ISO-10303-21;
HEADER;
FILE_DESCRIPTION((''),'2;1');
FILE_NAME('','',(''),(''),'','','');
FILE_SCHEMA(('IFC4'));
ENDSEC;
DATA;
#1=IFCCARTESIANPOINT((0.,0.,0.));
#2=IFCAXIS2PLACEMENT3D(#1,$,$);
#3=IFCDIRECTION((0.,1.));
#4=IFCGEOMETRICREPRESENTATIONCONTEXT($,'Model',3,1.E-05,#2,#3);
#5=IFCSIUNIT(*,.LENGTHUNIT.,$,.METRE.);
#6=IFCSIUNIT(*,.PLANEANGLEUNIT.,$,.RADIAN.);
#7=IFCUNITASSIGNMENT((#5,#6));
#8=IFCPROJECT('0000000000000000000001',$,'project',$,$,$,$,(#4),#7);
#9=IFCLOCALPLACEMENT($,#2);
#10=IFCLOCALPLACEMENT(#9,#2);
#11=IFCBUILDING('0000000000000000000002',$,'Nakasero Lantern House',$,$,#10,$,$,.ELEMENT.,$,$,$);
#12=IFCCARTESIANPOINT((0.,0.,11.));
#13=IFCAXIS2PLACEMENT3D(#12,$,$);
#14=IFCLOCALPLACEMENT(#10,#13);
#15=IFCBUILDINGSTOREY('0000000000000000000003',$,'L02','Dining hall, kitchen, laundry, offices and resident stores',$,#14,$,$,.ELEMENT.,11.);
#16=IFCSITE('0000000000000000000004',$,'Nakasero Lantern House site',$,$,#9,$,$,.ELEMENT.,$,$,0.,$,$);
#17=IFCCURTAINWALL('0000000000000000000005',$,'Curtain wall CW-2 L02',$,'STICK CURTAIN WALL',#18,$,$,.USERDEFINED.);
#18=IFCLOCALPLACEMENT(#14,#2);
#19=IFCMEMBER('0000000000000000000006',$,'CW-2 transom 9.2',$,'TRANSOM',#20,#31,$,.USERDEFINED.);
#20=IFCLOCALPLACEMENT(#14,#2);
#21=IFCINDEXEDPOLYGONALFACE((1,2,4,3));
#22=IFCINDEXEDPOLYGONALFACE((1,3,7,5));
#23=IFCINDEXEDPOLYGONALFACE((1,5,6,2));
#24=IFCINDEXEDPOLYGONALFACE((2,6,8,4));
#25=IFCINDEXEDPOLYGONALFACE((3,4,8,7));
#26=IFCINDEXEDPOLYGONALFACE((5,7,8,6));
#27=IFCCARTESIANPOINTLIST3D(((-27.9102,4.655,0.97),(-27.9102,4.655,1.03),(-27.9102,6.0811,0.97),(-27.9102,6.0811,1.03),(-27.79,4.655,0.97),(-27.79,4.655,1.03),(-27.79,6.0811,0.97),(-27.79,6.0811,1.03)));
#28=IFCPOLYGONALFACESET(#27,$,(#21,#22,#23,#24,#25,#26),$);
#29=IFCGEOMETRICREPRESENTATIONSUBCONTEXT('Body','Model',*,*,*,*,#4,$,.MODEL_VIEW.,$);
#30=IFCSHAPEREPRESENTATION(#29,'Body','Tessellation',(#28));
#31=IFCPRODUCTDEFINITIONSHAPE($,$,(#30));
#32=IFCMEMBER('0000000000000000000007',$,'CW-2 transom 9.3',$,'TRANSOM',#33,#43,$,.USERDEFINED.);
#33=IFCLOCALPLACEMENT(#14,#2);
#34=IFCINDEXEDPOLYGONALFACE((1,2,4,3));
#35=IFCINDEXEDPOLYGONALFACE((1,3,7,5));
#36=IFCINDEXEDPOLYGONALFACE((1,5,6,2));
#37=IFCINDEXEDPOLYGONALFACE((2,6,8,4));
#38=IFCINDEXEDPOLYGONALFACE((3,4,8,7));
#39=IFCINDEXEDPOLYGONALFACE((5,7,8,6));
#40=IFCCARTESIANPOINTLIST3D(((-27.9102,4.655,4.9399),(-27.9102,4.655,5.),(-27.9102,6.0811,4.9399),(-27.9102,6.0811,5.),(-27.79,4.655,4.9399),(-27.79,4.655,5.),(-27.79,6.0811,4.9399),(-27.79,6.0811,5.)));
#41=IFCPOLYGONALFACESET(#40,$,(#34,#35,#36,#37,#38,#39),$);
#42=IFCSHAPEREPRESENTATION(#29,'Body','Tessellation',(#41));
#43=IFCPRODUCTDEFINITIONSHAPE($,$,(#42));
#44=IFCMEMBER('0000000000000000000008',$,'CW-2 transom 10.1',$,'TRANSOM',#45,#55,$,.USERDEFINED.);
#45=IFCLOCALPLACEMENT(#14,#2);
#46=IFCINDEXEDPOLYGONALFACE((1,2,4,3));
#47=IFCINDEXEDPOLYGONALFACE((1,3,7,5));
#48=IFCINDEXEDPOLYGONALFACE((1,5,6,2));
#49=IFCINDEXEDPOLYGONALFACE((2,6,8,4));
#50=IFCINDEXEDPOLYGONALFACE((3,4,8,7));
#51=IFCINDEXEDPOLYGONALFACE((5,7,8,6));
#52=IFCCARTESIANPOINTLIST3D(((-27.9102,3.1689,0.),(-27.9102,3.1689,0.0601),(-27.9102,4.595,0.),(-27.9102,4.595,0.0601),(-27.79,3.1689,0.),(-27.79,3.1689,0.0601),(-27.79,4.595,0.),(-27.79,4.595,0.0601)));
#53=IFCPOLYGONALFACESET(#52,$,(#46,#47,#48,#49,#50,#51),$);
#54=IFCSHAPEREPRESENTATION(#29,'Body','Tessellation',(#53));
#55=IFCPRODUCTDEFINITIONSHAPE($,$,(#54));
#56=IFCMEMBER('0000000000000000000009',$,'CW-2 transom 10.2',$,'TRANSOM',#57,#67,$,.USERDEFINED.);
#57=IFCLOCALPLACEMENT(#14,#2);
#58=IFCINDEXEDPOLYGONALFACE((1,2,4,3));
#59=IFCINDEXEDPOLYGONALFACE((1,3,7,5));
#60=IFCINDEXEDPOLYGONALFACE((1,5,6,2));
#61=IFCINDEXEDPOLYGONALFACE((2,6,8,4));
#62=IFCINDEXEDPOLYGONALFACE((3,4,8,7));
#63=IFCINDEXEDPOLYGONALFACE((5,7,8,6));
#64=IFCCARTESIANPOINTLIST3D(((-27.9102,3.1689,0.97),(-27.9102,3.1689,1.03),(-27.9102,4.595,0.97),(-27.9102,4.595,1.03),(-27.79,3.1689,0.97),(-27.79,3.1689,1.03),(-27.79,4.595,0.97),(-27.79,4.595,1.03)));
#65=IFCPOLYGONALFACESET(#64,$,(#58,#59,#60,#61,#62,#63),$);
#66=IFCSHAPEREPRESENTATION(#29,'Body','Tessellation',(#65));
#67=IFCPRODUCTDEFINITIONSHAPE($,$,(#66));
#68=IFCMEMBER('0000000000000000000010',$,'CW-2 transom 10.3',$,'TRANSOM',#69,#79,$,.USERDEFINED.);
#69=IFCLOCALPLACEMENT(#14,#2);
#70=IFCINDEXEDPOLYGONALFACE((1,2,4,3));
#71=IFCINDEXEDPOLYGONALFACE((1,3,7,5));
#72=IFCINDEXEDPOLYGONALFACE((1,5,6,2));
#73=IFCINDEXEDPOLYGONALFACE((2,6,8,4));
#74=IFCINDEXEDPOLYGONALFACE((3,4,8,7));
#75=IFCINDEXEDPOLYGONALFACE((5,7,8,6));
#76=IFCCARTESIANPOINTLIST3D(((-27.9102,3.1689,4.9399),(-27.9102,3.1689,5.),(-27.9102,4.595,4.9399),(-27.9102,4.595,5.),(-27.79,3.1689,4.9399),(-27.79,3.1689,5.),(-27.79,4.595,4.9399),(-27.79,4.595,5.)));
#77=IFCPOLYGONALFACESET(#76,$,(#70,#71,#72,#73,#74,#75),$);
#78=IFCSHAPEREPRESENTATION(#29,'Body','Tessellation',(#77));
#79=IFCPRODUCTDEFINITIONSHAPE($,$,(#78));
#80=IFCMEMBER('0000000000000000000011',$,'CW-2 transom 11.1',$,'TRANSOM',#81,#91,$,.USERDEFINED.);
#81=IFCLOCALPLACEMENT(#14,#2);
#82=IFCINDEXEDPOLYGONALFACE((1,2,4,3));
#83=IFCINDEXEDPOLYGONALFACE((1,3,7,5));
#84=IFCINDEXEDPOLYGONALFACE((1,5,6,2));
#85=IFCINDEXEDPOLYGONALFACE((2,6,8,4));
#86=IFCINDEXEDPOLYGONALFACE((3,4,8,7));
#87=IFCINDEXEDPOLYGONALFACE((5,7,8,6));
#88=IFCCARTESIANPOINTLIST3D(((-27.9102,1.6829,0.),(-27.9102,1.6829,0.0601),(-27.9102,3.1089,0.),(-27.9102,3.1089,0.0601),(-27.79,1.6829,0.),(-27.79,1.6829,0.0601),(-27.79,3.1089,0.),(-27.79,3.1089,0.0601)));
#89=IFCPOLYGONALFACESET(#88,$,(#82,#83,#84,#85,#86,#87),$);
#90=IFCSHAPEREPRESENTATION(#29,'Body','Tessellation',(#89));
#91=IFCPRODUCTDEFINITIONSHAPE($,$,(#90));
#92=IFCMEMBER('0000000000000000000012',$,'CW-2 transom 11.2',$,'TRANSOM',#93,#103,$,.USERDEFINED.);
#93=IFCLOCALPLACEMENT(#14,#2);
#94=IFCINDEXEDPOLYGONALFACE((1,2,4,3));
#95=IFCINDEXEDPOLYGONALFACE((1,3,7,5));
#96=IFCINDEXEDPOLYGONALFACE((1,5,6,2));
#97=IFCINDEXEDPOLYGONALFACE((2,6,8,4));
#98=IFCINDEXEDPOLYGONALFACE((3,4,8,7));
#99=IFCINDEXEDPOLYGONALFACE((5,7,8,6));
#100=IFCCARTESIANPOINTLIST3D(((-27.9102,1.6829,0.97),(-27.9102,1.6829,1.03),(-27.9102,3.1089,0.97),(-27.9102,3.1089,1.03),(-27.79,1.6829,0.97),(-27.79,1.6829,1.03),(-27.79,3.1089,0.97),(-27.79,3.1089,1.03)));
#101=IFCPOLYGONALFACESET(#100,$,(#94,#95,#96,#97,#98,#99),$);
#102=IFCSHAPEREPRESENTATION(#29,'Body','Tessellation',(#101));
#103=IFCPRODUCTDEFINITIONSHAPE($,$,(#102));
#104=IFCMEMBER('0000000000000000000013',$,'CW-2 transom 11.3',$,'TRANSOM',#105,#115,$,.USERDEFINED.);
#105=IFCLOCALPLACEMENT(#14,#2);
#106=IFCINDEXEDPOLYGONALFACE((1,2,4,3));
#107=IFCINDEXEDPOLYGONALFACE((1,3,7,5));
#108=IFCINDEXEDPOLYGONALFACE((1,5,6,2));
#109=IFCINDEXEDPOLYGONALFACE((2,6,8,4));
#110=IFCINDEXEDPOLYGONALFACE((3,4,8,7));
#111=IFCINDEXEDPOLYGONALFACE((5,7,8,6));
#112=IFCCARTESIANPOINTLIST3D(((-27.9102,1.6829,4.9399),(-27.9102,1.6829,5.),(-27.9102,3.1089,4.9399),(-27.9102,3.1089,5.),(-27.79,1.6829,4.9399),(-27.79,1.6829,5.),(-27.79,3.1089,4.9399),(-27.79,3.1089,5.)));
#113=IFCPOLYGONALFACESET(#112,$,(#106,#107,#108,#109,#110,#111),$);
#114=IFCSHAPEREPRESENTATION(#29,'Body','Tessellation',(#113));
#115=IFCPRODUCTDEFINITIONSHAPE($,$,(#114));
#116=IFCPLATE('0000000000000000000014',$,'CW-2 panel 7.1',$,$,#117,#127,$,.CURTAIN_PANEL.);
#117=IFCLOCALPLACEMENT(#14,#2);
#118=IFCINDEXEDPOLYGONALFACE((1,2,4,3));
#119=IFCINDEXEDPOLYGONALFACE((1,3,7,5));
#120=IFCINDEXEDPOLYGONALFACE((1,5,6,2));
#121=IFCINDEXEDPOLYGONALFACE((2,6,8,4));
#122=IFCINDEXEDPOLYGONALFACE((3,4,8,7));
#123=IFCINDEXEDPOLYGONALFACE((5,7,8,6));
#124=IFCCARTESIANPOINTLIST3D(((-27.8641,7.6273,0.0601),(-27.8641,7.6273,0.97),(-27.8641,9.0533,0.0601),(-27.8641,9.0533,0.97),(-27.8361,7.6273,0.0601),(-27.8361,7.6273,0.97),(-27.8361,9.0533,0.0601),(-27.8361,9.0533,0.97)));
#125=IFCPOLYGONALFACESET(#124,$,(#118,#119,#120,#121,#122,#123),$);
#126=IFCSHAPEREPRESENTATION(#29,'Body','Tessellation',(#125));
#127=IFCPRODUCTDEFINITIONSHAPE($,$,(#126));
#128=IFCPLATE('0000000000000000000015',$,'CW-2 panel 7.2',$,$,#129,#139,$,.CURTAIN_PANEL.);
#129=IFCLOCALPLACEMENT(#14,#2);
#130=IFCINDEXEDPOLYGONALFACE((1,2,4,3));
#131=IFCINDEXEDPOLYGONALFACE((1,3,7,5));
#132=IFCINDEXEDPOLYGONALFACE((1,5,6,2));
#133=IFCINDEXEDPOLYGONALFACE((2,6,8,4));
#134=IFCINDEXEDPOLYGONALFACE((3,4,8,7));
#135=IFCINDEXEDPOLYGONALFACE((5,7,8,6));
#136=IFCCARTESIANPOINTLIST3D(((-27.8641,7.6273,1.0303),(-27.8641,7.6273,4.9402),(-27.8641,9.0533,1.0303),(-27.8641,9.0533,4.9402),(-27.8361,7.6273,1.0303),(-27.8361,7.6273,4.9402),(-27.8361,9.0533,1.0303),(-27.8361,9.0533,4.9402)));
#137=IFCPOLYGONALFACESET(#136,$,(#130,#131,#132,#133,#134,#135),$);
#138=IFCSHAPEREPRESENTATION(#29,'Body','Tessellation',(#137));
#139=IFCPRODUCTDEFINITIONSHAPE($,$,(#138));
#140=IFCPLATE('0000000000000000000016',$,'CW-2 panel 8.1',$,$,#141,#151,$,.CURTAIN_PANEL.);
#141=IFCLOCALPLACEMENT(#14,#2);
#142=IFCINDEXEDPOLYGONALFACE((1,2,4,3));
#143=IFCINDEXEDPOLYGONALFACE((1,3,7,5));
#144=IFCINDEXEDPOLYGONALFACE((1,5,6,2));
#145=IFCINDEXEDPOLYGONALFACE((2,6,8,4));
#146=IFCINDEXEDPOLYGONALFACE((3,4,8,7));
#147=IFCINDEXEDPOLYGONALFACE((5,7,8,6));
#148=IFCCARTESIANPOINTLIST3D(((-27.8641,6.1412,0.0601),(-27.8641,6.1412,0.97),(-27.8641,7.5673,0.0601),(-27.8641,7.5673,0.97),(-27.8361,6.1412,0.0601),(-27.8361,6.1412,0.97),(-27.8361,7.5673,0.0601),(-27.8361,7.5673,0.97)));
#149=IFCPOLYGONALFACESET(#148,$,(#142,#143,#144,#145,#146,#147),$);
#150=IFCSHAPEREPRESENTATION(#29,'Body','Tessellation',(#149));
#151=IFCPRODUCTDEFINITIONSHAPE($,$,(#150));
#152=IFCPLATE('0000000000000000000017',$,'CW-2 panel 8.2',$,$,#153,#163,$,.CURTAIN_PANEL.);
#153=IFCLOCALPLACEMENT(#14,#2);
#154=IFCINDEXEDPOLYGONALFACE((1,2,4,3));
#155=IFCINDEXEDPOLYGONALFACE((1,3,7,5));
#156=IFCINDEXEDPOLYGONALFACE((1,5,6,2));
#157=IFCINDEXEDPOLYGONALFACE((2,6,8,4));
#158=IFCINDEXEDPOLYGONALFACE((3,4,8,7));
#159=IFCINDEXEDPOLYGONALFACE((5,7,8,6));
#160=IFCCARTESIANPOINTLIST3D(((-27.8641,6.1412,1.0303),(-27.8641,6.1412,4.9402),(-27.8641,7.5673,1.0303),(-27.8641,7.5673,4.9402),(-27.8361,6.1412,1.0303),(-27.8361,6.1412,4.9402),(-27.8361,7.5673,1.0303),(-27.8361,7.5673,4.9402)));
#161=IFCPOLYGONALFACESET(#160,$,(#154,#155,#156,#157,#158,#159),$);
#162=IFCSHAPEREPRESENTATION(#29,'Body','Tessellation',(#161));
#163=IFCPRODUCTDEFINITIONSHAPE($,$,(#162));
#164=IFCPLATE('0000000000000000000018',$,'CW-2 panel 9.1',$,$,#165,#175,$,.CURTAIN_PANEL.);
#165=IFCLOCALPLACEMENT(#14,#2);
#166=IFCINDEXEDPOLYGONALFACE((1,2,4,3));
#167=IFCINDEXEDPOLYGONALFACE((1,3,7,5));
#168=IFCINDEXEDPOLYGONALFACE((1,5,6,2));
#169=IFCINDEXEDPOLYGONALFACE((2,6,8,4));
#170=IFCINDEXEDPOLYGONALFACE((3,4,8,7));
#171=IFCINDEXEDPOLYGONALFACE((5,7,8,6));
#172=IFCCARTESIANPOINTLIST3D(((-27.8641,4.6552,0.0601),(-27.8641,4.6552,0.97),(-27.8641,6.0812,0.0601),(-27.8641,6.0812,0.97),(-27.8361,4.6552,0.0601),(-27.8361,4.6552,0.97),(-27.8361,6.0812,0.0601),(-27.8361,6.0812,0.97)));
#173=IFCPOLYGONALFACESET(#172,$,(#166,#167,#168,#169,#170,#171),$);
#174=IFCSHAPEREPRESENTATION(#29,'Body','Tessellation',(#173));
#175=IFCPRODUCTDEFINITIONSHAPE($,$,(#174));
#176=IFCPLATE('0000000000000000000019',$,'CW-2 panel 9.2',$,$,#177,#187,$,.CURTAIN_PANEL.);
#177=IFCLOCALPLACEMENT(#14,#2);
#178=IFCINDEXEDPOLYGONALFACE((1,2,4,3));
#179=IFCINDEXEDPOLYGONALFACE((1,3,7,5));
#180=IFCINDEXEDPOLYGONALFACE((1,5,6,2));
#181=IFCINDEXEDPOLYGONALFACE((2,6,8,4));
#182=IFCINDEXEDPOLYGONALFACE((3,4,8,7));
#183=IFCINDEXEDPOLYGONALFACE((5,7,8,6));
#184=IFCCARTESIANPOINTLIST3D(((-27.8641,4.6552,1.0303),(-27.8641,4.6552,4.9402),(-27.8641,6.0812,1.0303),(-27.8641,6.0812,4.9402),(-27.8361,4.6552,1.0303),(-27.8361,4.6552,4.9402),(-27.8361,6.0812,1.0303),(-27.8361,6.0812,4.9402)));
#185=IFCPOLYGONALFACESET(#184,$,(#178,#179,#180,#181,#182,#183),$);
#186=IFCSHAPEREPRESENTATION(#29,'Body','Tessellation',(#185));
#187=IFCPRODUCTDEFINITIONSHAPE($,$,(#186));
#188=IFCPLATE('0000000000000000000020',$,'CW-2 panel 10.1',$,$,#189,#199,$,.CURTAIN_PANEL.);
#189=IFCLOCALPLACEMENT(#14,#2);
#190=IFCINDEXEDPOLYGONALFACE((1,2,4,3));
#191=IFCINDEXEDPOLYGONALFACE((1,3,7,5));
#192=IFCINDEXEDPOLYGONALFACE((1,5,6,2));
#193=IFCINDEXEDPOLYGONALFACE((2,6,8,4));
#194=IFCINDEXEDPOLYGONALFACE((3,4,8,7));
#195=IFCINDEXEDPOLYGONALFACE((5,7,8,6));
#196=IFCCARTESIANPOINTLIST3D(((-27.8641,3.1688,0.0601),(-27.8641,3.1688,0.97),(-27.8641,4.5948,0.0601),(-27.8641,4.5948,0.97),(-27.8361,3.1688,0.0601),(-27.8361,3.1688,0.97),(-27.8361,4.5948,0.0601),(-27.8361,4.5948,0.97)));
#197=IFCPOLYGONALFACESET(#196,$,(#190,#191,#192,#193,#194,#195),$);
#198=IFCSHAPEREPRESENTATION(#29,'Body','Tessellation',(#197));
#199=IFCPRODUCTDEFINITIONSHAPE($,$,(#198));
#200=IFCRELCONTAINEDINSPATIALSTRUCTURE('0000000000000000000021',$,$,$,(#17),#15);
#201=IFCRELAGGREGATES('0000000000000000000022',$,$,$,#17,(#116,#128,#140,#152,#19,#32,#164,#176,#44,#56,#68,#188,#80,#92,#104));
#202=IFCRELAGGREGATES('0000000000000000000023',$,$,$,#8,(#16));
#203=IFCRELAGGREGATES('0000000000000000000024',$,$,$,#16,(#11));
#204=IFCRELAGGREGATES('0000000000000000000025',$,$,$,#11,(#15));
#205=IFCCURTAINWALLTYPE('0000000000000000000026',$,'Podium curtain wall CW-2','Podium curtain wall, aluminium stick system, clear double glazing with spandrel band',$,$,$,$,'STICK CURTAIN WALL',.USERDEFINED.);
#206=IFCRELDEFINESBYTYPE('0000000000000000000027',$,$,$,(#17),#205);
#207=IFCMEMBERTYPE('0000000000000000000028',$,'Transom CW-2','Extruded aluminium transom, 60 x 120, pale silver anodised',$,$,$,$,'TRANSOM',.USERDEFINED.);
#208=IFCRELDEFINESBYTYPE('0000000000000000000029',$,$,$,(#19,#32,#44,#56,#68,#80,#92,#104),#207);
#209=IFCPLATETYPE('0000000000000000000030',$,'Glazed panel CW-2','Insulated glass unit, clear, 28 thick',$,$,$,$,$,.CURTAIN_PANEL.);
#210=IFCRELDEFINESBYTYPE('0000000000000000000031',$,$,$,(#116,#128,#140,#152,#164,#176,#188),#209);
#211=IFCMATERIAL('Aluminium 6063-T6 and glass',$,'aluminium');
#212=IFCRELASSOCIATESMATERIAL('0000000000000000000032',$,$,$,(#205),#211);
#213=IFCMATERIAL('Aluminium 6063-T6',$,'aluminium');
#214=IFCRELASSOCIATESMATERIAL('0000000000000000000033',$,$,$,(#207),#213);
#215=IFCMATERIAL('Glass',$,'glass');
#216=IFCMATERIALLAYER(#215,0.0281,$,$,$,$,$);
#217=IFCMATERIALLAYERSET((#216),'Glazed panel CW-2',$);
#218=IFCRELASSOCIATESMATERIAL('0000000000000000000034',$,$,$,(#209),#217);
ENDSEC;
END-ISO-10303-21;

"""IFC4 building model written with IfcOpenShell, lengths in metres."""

from ifc_helpers import new_model, si_unit, direction, frame, origin, origin_2d, place, context, subcontext, project, spatial, rectangle, extrude, material, layer, layer_set, material_profile, profile_set, type_object, element, aggregate, save


model = new_model("IFC4")

# Units and contexts
model_context = context("Model", 3, precision=1e-05, world=origin(), true_north=direction((0.0, 1.0)))
body_context = subcontext(model_context, "Body", "Model", "MODEL_VIEW")
ifc_project = project(units=[si_unit("LENGTHUNIT", "METRE"), si_unit("PLANEANGLEUNIT", "RADIAN")], contexts=[model_context])

# Site, building, storey
site_placement = place(None, origin())
site = spatial("IfcSite", under=ifc_project, at=site_placement, Name="Nakasero Lantern House site", CompositionType="ELEMENT", RefElevation=0.0)
building_placement = place(site_placement, origin())
building = spatial("IfcBuilding", under=site, at=building_placement, Name="Nakasero Lantern House", CompositionType="ELEMENT")
storey_placement = place(building_placement, frame((0.0, 0.0, 11.0)))
storey = spatial("IfcBuildingStorey", under=building, at=storey_placement, Name="L02", Description="Dining hall, kitchen, laundry, offices and resident stores", CompositionType="ELEMENT", Elevation=11.0)

# Curtain wall
ifc_material_1 = material(Name="Aluminium 6063-T6 and glass", Category="aluminium")
curtain_wall_type = type_object("IfcCurtainWallType", Name="Podium curtain wall CW-2", Description="Podium curtain wall, aluminium stick system, clear double glazing with spandrel band", ElementType="STICK CURTAIN WALL", PredefinedType="USERDEFINED", material=ifc_material_1)
curtain_wall_placement = place(storey_placement, origin())
curtain_wall = element("IfcCurtainWall", 1, at=curtain_wall_placement, inside=storey, type_object=curtain_wall_type, Name="Curtain wall CW-2 L02", ObjectType="STICK CURTAIN WALL", PredefinedType="USERDEFINED")

# Members
ifc_material_2 = material(Name="Aluminium 6063-T6", Category="aluminium")
ifc_material_profile_1 = material_profile(ifc_material_2, rectangle(XDim=0.0601, YDim=0.1201, at=origin_2d()), Name="CW-2 transom 60x120")
ifc_profile_set_1 = profile_set([ifc_material_profile_1], Name="Aluminium 6063-T6")
member_type_1 = type_object("IfcMemberType", Name="Transom CW-2", Description="Extruded aluminium transom, 60 x 120, pale silver anodised", ElementType="TRANSOM", PredefinedType="USERDEFINED", material=ifc_profile_set_1)
member_1_placement = place(storey_placement, frame((-27.8501, 6.0811, 1.0), z_axis=(0.0, -1.0, 0.0), x_axis=(0.0, 0.0, 1.0)))
member_1 = element("IfcMember", 2, at=member_1_placement, type_object=member_type_1, Name="CW-2 transom 9.2", ObjectType="TRANSOM", PredefinedType="USERDEFINED", context=body_context, shape_type="SweptSolid", body=[
    extrude(rectangle(XDim=0.0601, YDim=0.1201, at=origin_2d()), origin(), (0.0, 0.0, 1.0), 1.426),
])
member_2_placement = place(storey_placement, frame((-27.8501, 6.0811, 4.97), z_axis=(0.0, -1.0, 0.0), x_axis=(0.0, 0.0, 1.0)))
member_2 = element("IfcMember", 3, at=member_2_placement, type_object=member_type_1, Name="CW-2 transom 9.3", ObjectType="TRANSOM", PredefinedType="USERDEFINED", context=body_context, shape_type="SweptSolid", body=[
    extrude(rectangle(XDim=0.0601, YDim=0.1201, at=origin_2d()), origin(), (0.0, 0.0, 1.0), 1.426),
])
member_3_placement = place(storey_placement, frame((-27.8501, 4.595, 0.03), z_axis=(0.0, -1.0, 0.0), x_axis=(0.0, 0.0, 1.0)))
member_3 = element("IfcMember", 4, at=member_3_placement, type_object=member_type_1, Name="CW-2 transom 10.1", ObjectType="TRANSOM", PredefinedType="USERDEFINED", context=body_context, shape_type="SweptSolid", body=[
    extrude(rectangle(XDim=0.0601, YDim=0.1201, at=origin_2d()), origin(), (0.0, 0.0, 1.0), 1.426),
])
member_4_placement = place(storey_placement, frame((-27.8501, 4.595, 1.0), z_axis=(0.0, -1.0, 0.0), x_axis=(0.0, 0.0, 1.0)))
member_4 = element("IfcMember", 5, at=member_4_placement, type_object=member_type_1, Name="CW-2 transom 10.2", ObjectType="TRANSOM", PredefinedType="USERDEFINED", context=body_context, shape_type="SweptSolid", body=[
    extrude(rectangle(XDim=0.0601, YDim=0.1201, at=origin_2d()), origin(), (0.0, 0.0, 1.0), 1.426),
])
member_5_placement = place(storey_placement, frame((-27.8501, 4.595, 4.97), z_axis=(0.0, -1.0, 0.0), x_axis=(0.0, 0.0, 1.0)))
member_5 = element("IfcMember", 6, at=member_5_placement, type_object=member_type_1, Name="CW-2 transom 10.3", ObjectType="TRANSOM", PredefinedType="USERDEFINED", context=body_context, shape_type="SweptSolid", body=[
    extrude(rectangle(XDim=0.0601, YDim=0.1201, at=origin_2d()), origin(), (0.0, 0.0, 1.0), 1.426),
])
member_6_placement = place(storey_placement, frame((-27.8501, 3.1089, 0.03), z_axis=(0.0, -1.0, 0.0), x_axis=(0.0, 0.0, 1.0)))
member_6 = element("IfcMember", 7, at=member_6_placement, type_object=member_type_1, Name="CW-2 transom 11.1", ObjectType="TRANSOM", PredefinedType="USERDEFINED", context=body_context, shape_type="SweptSolid", body=[
    extrude(rectangle(XDim=0.0601, YDim=0.1201, at=origin_2d()), origin(), (0.0, 0.0, 1.0), 1.426),
])
member_7_placement = place(storey_placement, frame((-27.8501, 3.1089, 1.0), z_axis=(0.0, -1.0, 0.0), x_axis=(0.0, 0.0, 1.0)))
member_7 = element("IfcMember", 8, at=member_7_placement, type_object=member_type_1, Name="CW-2 transom 11.2", ObjectType="TRANSOM", PredefinedType="USERDEFINED", context=body_context, shape_type="SweptSolid", body=[
    extrude(rectangle(XDim=0.0601, YDim=0.1201, at=origin_2d()), origin(), (0.0, 0.0, 1.0), 1.426),
])
member_8_placement = place(storey_placement, frame((-27.8501, 3.1089, 4.97), z_axis=(0.0, -1.0, 0.0), x_axis=(0.0, 0.0, 1.0)))
member_8 = element("IfcMember", 9, at=member_8_placement, type_object=member_type_1, Name="CW-2 transom 11.3", ObjectType="TRANSOM", PredefinedType="USERDEFINED", context=body_context, shape_type="SweptSolid", body=[
    extrude(rectangle(XDim=0.0601, YDim=0.1201, at=origin_2d()), origin(), (0.0, 0.0, 1.0), 1.426),
])

# Plates
ifc_material_3 = material(Name="Glass", Category="glass")
ifc_layer = layer(ifc_material_3, 0.0281)
ifc_layer_set = layer_set([ifc_layer], Name="Glazed panel CW-2")
plate_type = type_object("IfcPlateType", Name="Glazed panel CW-2", Description="Insulated glass unit, clear, 28 thick", PredefinedType="CURTAIN_PANEL", material=ifc_layer_set)
plate_1_placement = place(storey_placement, frame((-27.8501, 8.3403, 0.0601), z_axis=(0.0, 0.0, 1.0), x_axis=(0.0, -1.0, 0.0)))
plate_1 = element("IfcPlate", 10, at=plate_1_placement, type_object=plate_type, Name="CW-2 panel 7.1", PredefinedType="CURTAIN_PANEL", context=body_context, shape_type="SweptSolid", body=[
    extrude(rectangle(XDim=1.426, YDim=0.0281, at=origin_2d()), origin(), (0.0, 0.0, 1.0), 0.9099),
])
plate_2_placement = place(storey_placement, frame((-27.8501, 8.3403, 1.0303), z_axis=(0.0, 0.0, 1.0), x_axis=(0.0, -1.0, 0.0)))
plate_2 = element("IfcPlate", 11, at=plate_2_placement, type_object=plate_type, Name="CW-2 panel 7.2", PredefinedType="CURTAIN_PANEL", context=body_context, shape_type="SweptSolid", body=[
    extrude(rectangle(XDim=1.426, YDim=0.0281, at=origin_2d()), origin(), (0.0, 0.0, 1.0), 3.9099),
])
plate_3_placement = place(storey_placement, frame((-27.8501, 6.8542, 0.0601), z_axis=(0.0, 0.0, 1.0), x_axis=(0.0, -1.0, 0.0)))
plate_3 = element("IfcPlate", 12, at=plate_3_placement, type_object=plate_type, Name="CW-2 panel 8.1", PredefinedType="CURTAIN_PANEL", context=body_context, shape_type="SweptSolid", body=[
    extrude(rectangle(XDim=1.426, YDim=0.0281, at=origin_2d()), origin(), (0.0, 0.0, 1.0), 0.9099),
])
plate_4_placement = place(storey_placement, frame((-27.8501, 6.8542, 1.0303), z_axis=(0.0, 0.0, 1.0), x_axis=(0.0, -1.0, 0.0)))
plate_4 = element("IfcPlate", 13, at=plate_4_placement, type_object=plate_type, Name="CW-2 panel 8.2", PredefinedType="CURTAIN_PANEL", context=body_context, shape_type="SweptSolid", body=[
    extrude(rectangle(XDim=1.426, YDim=0.0281, at=origin_2d()), origin(), (0.0, 0.0, 1.0), 3.9099),
])
plate_5_placement = place(storey_placement, frame((-27.8501, 5.3682, 0.0601), z_axis=(0.0, 0.0, 1.0), x_axis=(0.0, -1.0, 0.0)))
plate_5 = element("IfcPlate", 14, at=plate_5_placement, type_object=plate_type, Name="CW-2 panel 9.1", PredefinedType="CURTAIN_PANEL", context=body_context, shape_type="SweptSolid", body=[
    extrude(rectangle(XDim=1.426, YDim=0.0281, at=origin_2d()), origin(), (0.0, 0.0, 1.0), 0.9099),
])
plate_6_placement = place(storey_placement, frame((-27.8501, 5.3682, 1.0303), z_axis=(0.0, 0.0, 1.0), x_axis=(0.0, -1.0, 0.0)))
plate_6 = element("IfcPlate", 15, at=plate_6_placement, type_object=plate_type, Name="CW-2 panel 9.2", PredefinedType="CURTAIN_PANEL", context=body_context, shape_type="SweptSolid", body=[
    extrude(rectangle(XDim=1.426, YDim=0.0281, at=origin_2d()), origin(), (0.0, 0.0, 1.0), 3.9099),
])
plate_7_placement = place(storey_placement, frame((-27.8501, 3.8818, 0.0601), z_axis=(0.0, 0.0, 1.0), x_axis=(0.0, -1.0, 0.0)))
plate_7 = element("IfcPlate", 16, at=plate_7_placement, type_object=plate_type, Name="CW-2 panel 10.1", PredefinedType="CURTAIN_PANEL", context=body_context, shape_type="SweptSolid", body=[
    extrude(rectangle(XDim=1.426, YDim=0.0281, at=origin_2d()), origin(), (0.0, 0.0, 1.0), 0.9099),
])
aggregate(curtain_wall, [plate_1, plate_2, plate_3, plate_4, member_1, member_2, plate_5, plate_6, member_3, member_4, member_5, plate_7, member_6, member_7, member_8])

save(model, "model.ifc")
